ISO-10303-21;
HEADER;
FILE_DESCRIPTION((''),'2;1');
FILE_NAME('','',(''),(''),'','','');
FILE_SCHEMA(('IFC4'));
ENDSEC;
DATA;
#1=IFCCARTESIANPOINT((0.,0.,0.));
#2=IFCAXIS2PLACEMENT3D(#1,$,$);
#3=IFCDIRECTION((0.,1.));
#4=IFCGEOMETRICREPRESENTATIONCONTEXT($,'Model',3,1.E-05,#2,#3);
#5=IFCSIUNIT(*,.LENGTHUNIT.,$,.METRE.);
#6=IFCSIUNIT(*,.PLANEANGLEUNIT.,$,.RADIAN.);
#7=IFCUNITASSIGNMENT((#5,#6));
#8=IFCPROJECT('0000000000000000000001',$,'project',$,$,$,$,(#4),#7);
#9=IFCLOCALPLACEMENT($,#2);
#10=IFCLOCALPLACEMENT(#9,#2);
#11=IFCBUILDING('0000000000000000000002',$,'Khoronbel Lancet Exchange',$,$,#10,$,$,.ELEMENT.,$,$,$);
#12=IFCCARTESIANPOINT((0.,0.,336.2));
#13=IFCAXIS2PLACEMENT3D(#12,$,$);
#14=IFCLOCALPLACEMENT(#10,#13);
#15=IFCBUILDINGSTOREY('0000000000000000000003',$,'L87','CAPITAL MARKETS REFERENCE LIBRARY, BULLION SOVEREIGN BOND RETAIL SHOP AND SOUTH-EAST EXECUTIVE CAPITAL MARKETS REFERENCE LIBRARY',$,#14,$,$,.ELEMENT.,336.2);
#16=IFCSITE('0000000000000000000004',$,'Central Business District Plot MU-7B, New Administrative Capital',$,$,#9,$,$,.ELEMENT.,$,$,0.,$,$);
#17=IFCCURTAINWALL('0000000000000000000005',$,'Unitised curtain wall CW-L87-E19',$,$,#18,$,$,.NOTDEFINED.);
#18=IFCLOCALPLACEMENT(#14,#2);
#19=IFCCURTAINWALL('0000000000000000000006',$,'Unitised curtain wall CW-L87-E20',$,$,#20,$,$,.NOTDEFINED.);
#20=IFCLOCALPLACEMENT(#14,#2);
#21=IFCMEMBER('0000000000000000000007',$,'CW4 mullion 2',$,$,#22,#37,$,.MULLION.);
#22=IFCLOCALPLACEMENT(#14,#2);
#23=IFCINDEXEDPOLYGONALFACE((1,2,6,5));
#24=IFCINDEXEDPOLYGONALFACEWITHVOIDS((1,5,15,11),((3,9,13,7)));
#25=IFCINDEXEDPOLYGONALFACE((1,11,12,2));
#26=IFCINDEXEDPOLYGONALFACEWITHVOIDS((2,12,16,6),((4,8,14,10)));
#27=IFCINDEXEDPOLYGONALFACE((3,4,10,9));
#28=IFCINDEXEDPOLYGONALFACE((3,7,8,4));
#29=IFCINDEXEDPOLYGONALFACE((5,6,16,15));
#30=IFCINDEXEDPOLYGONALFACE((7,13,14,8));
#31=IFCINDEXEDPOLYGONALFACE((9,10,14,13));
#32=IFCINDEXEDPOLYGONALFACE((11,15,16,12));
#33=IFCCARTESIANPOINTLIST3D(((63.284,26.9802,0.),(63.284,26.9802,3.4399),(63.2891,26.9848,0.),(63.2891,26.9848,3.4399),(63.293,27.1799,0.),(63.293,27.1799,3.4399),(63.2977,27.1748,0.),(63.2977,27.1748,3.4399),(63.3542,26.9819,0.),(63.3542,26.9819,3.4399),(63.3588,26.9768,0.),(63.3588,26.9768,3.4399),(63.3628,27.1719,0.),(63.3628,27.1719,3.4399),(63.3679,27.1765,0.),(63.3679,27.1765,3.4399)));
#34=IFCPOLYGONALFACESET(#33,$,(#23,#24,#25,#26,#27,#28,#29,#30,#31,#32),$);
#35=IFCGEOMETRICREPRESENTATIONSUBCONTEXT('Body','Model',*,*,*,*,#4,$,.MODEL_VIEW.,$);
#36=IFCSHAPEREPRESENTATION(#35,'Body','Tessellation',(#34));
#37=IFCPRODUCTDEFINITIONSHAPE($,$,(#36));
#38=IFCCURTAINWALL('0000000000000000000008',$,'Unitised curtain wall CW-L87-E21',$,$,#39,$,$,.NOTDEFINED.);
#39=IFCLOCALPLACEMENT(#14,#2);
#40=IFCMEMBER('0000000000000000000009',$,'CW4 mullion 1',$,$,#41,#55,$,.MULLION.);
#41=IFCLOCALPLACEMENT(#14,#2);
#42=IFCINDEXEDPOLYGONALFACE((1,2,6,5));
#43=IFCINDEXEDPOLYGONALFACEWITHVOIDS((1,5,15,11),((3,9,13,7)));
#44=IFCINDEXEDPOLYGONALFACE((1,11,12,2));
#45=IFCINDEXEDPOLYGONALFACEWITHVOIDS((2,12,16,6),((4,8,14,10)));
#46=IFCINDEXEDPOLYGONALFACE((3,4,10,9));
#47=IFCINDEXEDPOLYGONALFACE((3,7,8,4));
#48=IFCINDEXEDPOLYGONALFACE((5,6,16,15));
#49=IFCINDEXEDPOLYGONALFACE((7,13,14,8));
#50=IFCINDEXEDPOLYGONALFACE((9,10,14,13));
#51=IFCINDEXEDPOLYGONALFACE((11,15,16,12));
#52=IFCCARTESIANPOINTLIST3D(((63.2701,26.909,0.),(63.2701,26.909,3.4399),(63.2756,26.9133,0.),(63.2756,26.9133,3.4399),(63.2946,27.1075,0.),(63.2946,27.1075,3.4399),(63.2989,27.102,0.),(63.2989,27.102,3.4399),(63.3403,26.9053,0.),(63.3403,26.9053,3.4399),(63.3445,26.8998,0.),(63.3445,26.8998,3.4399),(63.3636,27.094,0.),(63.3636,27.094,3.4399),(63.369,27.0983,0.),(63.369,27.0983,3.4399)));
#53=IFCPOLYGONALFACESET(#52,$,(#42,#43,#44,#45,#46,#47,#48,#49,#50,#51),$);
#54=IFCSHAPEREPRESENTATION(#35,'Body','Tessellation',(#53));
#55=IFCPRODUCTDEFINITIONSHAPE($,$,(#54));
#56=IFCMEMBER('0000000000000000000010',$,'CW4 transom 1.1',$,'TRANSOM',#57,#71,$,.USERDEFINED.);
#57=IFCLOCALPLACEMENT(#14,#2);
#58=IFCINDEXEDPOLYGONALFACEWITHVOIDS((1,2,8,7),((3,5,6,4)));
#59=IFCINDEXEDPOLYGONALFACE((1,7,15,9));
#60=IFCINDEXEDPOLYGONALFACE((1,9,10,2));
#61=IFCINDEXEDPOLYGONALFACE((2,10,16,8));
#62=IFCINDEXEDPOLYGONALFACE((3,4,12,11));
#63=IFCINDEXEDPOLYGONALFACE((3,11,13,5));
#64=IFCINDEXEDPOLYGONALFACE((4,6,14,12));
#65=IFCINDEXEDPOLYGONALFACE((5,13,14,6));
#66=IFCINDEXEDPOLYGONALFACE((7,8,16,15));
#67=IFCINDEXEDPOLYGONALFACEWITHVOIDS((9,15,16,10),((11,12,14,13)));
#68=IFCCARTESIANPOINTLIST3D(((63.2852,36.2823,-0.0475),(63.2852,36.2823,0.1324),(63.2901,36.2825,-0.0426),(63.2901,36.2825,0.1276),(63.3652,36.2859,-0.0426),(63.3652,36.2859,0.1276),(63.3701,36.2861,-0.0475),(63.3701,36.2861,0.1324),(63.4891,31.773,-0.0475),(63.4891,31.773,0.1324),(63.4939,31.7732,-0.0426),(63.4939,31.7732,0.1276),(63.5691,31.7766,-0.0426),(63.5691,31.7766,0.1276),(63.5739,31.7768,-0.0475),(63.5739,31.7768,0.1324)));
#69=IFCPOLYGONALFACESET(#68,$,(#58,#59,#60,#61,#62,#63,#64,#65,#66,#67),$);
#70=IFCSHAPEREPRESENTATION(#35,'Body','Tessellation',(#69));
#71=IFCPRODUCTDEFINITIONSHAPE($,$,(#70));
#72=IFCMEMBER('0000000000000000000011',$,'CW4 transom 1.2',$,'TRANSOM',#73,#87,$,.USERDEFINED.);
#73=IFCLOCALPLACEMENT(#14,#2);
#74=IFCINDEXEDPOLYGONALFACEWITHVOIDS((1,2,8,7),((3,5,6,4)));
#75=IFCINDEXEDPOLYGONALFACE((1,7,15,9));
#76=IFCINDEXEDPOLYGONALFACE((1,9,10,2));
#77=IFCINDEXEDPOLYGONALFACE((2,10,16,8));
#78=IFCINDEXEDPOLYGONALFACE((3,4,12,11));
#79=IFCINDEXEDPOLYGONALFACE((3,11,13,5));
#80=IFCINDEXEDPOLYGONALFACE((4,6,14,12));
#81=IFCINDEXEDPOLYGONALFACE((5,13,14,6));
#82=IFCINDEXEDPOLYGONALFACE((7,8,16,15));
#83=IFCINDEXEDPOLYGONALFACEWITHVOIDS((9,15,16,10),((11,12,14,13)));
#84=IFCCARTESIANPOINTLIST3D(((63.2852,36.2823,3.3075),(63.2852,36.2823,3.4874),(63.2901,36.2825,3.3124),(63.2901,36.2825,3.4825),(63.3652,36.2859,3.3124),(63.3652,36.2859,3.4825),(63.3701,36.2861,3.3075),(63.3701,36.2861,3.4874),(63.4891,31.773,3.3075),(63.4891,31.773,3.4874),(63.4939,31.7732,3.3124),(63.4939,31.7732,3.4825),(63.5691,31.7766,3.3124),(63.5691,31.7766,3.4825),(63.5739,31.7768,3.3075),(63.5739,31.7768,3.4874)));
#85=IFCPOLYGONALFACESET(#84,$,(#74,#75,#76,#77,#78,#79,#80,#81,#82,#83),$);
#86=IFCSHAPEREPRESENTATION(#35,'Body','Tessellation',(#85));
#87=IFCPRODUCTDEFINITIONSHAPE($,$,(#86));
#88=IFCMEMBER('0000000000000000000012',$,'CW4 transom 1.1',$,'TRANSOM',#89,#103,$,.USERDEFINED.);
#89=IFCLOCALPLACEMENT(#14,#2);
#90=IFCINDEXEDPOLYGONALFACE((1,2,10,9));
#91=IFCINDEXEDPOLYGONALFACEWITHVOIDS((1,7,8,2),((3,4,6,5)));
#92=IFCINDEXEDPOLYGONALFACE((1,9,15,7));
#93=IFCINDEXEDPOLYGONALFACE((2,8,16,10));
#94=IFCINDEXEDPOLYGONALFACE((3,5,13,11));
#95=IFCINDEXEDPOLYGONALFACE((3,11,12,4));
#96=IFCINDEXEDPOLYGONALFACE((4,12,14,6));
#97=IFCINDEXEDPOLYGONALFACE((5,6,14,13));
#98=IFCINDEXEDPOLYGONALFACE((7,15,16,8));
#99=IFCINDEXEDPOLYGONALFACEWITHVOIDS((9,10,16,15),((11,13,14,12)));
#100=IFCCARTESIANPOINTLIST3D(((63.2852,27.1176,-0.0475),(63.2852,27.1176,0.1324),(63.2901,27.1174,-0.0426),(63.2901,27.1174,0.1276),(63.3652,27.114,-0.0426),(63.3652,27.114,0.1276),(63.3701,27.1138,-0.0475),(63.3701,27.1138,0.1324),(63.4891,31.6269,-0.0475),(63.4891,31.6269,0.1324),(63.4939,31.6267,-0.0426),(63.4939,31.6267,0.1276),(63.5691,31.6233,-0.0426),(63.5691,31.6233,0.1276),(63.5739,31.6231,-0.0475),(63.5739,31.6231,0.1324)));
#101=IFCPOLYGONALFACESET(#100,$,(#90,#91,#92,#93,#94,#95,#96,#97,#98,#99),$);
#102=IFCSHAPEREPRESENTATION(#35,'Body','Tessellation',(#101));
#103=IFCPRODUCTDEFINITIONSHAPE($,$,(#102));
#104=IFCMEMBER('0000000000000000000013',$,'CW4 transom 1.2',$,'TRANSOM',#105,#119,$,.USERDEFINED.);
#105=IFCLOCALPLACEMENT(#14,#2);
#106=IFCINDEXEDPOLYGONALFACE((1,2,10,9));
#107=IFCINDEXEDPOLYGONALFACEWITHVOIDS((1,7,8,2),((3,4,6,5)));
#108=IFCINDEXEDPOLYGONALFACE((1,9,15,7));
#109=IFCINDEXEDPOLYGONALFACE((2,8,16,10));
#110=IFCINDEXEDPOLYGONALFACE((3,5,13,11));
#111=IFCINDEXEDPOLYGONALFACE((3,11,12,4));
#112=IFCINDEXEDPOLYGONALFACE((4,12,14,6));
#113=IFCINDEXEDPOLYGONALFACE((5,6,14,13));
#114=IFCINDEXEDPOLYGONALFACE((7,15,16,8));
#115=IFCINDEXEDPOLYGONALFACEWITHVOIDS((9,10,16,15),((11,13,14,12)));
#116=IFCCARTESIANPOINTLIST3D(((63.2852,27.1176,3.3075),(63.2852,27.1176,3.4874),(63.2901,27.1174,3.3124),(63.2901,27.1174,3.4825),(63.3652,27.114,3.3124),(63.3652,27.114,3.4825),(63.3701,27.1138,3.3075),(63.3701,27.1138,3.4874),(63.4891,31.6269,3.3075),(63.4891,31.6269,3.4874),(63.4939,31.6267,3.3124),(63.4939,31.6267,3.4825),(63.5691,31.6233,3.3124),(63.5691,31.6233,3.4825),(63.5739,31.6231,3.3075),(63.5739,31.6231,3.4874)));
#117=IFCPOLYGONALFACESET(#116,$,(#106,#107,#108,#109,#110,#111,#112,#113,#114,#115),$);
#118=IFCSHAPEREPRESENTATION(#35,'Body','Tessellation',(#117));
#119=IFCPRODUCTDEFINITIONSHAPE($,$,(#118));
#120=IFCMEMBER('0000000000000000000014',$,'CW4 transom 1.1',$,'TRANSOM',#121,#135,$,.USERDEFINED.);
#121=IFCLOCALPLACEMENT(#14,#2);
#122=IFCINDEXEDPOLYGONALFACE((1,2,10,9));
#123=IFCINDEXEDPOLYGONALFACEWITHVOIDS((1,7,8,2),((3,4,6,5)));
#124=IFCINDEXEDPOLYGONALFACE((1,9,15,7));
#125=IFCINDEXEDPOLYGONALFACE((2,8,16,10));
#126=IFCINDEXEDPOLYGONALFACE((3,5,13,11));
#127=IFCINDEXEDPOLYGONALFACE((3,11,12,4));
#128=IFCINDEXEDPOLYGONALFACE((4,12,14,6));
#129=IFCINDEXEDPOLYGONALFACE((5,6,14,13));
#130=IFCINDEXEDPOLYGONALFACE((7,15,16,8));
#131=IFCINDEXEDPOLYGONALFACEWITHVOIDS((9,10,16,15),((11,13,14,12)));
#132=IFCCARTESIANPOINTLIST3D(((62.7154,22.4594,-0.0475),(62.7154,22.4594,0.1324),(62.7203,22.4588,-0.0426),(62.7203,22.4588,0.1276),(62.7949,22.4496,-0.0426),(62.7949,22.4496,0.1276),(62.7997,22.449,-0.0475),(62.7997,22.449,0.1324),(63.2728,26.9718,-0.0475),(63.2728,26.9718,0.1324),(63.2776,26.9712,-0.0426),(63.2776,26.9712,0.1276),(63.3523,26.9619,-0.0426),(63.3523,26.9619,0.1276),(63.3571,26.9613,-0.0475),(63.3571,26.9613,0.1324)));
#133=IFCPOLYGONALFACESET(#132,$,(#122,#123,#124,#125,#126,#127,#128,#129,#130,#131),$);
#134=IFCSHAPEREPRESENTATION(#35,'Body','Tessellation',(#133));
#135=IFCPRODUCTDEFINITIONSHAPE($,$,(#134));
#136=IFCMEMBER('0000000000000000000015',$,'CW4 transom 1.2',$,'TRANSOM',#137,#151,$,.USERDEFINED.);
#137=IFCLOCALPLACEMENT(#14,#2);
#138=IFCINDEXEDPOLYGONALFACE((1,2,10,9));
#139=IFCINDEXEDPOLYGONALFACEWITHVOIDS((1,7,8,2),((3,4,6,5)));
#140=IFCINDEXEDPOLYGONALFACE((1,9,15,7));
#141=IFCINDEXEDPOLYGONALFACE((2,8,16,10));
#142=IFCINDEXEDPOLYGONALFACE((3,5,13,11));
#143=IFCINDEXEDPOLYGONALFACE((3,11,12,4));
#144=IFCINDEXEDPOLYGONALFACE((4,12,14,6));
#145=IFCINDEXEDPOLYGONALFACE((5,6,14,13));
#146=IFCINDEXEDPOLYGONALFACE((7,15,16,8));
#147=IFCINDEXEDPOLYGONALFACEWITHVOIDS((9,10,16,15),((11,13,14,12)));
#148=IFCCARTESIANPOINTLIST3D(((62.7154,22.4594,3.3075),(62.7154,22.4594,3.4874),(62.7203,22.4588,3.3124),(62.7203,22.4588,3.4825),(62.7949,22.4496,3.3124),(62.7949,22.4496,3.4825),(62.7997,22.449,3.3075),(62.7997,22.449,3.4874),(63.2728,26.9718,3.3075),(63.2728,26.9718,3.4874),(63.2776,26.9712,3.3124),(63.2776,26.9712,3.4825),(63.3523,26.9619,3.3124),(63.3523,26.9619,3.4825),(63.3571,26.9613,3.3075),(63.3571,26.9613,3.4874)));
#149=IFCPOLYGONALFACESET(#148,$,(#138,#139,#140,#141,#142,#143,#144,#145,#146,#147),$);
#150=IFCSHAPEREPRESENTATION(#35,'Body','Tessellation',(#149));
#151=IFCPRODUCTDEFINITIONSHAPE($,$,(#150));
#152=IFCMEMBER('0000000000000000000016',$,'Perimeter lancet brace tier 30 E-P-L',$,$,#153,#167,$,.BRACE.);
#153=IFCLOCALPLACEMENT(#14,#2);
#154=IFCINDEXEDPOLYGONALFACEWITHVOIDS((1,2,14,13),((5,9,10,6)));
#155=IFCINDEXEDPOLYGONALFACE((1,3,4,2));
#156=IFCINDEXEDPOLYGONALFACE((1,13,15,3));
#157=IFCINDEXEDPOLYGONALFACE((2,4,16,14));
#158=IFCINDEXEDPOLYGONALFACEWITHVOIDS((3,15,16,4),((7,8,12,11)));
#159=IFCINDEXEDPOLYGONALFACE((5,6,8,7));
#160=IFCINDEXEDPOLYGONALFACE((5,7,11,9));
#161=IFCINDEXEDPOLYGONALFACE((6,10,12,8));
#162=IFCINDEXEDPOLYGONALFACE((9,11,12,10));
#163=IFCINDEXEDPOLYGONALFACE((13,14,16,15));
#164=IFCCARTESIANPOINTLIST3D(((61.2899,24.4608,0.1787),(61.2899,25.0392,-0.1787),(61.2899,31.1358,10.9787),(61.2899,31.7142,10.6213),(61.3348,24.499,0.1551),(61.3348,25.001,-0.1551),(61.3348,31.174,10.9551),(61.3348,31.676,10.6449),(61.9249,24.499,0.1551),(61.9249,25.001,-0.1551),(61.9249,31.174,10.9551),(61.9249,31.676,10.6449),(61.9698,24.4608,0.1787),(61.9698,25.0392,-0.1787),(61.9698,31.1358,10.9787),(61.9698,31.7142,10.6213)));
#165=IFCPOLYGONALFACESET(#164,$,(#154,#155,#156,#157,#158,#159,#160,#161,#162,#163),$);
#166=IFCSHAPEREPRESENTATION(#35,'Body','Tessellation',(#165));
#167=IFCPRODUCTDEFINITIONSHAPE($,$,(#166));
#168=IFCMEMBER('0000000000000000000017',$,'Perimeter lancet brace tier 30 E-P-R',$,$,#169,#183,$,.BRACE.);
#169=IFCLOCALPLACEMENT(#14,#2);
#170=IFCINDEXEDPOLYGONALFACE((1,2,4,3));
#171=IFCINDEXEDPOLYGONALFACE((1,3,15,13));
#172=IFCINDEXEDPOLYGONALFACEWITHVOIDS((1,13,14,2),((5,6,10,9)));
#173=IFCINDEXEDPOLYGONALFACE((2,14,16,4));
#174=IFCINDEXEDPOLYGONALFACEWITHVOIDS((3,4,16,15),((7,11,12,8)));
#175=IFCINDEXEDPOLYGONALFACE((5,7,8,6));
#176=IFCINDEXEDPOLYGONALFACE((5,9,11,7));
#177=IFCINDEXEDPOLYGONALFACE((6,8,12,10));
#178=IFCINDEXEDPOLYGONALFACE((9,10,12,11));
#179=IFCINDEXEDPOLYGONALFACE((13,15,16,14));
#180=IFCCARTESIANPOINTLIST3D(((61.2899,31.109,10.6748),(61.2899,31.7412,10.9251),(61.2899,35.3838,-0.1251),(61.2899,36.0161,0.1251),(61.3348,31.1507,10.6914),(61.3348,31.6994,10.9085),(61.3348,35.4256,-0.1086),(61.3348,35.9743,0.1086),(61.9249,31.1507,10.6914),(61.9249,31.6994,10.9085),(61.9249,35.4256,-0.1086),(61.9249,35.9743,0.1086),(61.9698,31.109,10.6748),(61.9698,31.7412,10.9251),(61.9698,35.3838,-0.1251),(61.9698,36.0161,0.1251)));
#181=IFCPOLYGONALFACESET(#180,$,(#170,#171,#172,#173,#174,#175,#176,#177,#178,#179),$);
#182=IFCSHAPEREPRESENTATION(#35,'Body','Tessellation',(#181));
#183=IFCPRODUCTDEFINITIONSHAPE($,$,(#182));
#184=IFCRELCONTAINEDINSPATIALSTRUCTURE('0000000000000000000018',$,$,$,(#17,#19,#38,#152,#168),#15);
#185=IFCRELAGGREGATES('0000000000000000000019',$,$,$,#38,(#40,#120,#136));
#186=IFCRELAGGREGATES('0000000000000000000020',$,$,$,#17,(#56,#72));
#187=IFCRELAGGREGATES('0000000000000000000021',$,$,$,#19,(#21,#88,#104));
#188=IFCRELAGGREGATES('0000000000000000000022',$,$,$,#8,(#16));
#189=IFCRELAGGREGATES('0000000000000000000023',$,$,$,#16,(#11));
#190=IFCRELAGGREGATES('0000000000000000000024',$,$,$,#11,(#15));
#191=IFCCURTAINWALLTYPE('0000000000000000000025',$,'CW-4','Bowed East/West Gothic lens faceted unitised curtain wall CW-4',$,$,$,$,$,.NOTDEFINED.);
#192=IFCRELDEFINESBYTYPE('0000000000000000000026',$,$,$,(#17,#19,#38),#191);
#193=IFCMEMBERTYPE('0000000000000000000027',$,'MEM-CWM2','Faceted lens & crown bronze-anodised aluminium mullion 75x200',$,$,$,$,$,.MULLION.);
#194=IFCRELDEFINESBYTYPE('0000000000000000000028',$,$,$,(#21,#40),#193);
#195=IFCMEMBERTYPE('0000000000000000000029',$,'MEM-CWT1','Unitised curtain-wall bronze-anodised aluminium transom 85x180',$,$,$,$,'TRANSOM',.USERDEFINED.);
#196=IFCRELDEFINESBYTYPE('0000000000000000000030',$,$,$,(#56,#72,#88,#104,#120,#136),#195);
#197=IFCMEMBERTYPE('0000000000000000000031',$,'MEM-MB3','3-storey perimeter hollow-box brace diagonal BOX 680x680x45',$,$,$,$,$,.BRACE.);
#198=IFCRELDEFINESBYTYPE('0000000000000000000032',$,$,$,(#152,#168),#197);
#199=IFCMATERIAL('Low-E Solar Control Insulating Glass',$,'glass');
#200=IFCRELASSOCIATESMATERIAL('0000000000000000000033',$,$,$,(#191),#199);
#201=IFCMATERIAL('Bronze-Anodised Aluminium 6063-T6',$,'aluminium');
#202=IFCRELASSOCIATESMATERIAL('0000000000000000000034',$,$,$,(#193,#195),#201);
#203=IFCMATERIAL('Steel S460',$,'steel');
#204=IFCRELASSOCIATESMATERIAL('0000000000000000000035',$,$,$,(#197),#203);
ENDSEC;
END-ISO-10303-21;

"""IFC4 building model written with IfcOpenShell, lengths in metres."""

from ifc_helpers import new_model, si_unit, direction, frame, origin, origin_2d, place, context, subcontext, project, spatial, hollow_rectangle, extrude, material, material_profile, profile_set, type_object, element, aggregate, save


model = new_model("IFC4")

# Units and contexts
model_context = context("Model", 3, precision=1e-05, world=origin(), true_north=direction((0.0, 1.0)))
body_context = subcontext(model_context, "Body", "Model", "MODEL_VIEW")
ifc_project = project(units=[si_unit("LENGTHUNIT", "METRE"), si_unit("PLANEANGLEUNIT", "RADIAN")], contexts=[model_context])

# Site, building, storey
site_placement = place(None, origin())
site = spatial("IfcSite", under=ifc_project, at=site_placement, Name="Central Business District Plot MU-7B, New Administrative Capital", CompositionType="ELEMENT", RefElevation=0.0)
building_placement = place(site_placement, origin())
building = spatial("IfcBuilding", under=site, at=building_placement, Name="Khoronbel Lancet Exchange", CompositionType="ELEMENT")
storey_placement = place(building_placement, frame((0.0, 0.0, 336.2)))
storey = spatial("IfcBuildingStorey", under=building, at=storey_placement, Name="L87", Description="CAPITAL MARKETS REFERENCE LIBRARY, BULLION SOVEREIGN BOND RETAIL SHOP AND SOUTH-EAST EXECUTIVE CAPITAL MARKETS REFERENCE LIBRARY", CompositionType="ELEMENT", Elevation=336.2)

# Curtain walls, member
ifc_material_1 = material(Name="Low-E Solar Control Insulating Glass", Category="glass")
curtain_wall_type = type_object("IfcCurtainWallType", Name="CW-4", Description="Bowed East/West Gothic lens faceted unitised curtain wall CW-4", PredefinedType="NOTDEFINED", material=ifc_material_1)
curtain_wall_1_placement = place(storey_placement, origin())
curtain_wall_1 = element("IfcCurtainWall", 1, at=curtain_wall_1_placement, inside=storey, type_object=curtain_wall_type, Name="Unitised curtain wall CW-L87-E19", PredefinedType="NOTDEFINED")
ifc_material_2 = material(Name="Bronze-Anodised Aluminium 6063-T6", Category="aluminium")
ifc_material_profile_1 = material_profile(ifc_material_2, hollow_rectangle(XDim=0.075, YDim=0.2, WallThickness=0.0049, at=origin_2d()), Name="ALU MULLION 75x200")
ifc_profile_set_1 = profile_set([ifc_material_profile_1], Name="Bronze-Anodised Aluminium 6063-T6")
member_type_1 = type_object("IfcMemberType", Name="MEM-CWM2", Description="Faceted lens & crown bronze-anodised aluminium mullion 75x200", PredefinedType="MULLION", material=ifc_profile_set_1)
curtain_wall_2_placement = place(storey_placement, origin())
curtain_wall_2 = element("IfcCurtainWall", 2, at=curtain_wall_2_placement, inside=storey, type_object=curtain_wall_type, Name="Unitised curtain wall CW-L87-E20", PredefinedType="NOTDEFINED")
member_1_placement = place(storey_placement, frame((63.3259, 27.0784, 0.0), z_axis=(0.0, 0.0, 1.0), x_axis=(0.998979, -0.045177, 0.0)))
member_1 = element("IfcMember", 3, at=member_1_placement, type_object=member_type_1, Name="CW4 mullion 2", PredefinedType="MULLION", context=body_context, shape_type="SweptSolid", body=[
    extrude(hollow_rectangle(XDim=0.075, YDim=0.2, WallThickness=0.0049, at=origin_2d()), origin(), (0.0, 0.0, 1.0), 3.4399),
])

# Curtain wall, member
curtain_wall_3_placement = place(storey_placement, origin())
curtain_wall_3 = element("IfcCurtainWall", 4, at=curtain_wall_3_placement, inside=storey, type_object=curtain_wall_type, Name="Unitised curtain wall CW-L87-E21", PredefinedType="NOTDEFINED")
member_2_placement = place(storey_placement, frame((63.3196, 27.0037, 0.0), z_axis=(0.0, 0.0, 1.0), x_axis=(0.992456, -0.122599, 0.0)))
member_2 = element("IfcMember", 5, at=member_2_placement, type_object=member_type_1, Name="CW4 mullion 1", PredefinedType="MULLION", context=body_context, shape_type="SweptSolid", body=[
    extrude(hollow_rectangle(XDim=0.075, YDim=0.2, WallThickness=0.0049, at=origin_2d()), origin(), (0.0, 0.0, 1.0), 3.4399),
])

# Members
ifc_material_profile_2 = material_profile(ifc_material_2, hollow_rectangle(XDim=0.085, YDim=0.1799, WallThickness=0.0049, at=origin_2d()), Name="ALU TRANSOM 85x180")
ifc_profile_set_2 = profile_set([ifc_material_profile_2], Name="Bronze-Anodised Aluminium 6063-T6")
member_type_2 = type_object("IfcMemberType", Name="MEM-CWT1", Description="Unitised curtain-wall bronze-anodised aluminium transom 85x180", ElementType="TRANSOM", PredefinedType="USERDEFINED", material=ifc_profile_set_2)
member_3_placement = place(storey_placement, frame((63.3276, 36.2842, 0.0425), z_axis=(0.045162, -0.99898, 0.0), x_axis=(0.99898, 0.045162, 0.0)))
member_3 = element("IfcMember", 6, at=member_3_placement, type_object=member_type_2, Name="CW4 transom 1.1", ObjectType="TRANSOM", PredefinedType="USERDEFINED", context=body_context, shape_type="SweptSolid", body=[
    extrude(hollow_rectangle(XDim=0.085, YDim=0.1799, WallThickness=0.0049, at=origin_2d()), origin(), (0.0, 0.0, 1.0), 4.5139),
])
member_4_placement = place(storey_placement, frame((63.3276, 36.2842, 3.3975), z_axis=(0.045162, -0.99898, 0.0), x_axis=(0.99898, 0.045162, 0.0)))
member_4 = element("IfcMember", 7, at=member_4_placement, type_object=member_type_2, Name="CW4 transom 1.2", ObjectType="TRANSOM", PredefinedType="USERDEFINED", context=body_context, shape_type="SweptSolid", body=[
    extrude(hollow_rectangle(XDim=0.085, YDim=0.1799, WallThickness=0.0049, at=origin_2d()), origin(), (0.0, 0.0, 1.0), 4.5139),
])
member_5_placement = place(storey_placement, frame((63.5315, 31.625, 0.0425), z_axis=(-0.045162, -0.99898, 0.0), x_axis=(0.99898, -0.045162, 0.0)))
member_5 = element("IfcMember", 8, at=member_5_placement, type_object=member_type_2, Name="CW4 transom 1.1", ObjectType="TRANSOM", PredefinedType="USERDEFINED", context=body_context, shape_type="SweptSolid", body=[
    extrude(hollow_rectangle(XDim=0.085, YDim=0.1799, WallThickness=0.0049, at=origin_2d()), origin(), (0.0, 0.0, 1.0), 4.5139),
])
member_6_placement = place(storey_placement, frame((63.5315, 31.625, 3.3975), z_axis=(-0.045162, -0.99898, 0.0), x_axis=(0.99898, -0.045162, 0.0)))
member_6 = element("IfcMember", 9, at=member_6_placement, type_object=member_type_2, Name="CW4 transom 1.2", ObjectType="TRANSOM", PredefinedType="USERDEFINED", context=body_context, shape_type="SweptSolid", body=[
    extrude(hollow_rectangle(XDim=0.085, YDim=0.1799, WallThickness=0.0049, at=origin_2d()), origin(), (0.0, 0.0, 1.0), 4.5139),
])
member_7_placement = place(storey_placement, frame((63.3149, 26.9666, 0.0425), z_axis=(-0.122587, -0.992458, 0.0), x_axis=(0.992458, -0.122587, 0.0)))
member_7 = element("IfcMember", 10, at=member_7_placement, type_object=member_type_2, Name="CW4 transom 1.1", ObjectType="TRANSOM", PredefinedType="USERDEFINED", context=body_context, shape_type="SweptSolid", body=[
    extrude(hollow_rectangle(XDim=0.085, YDim=0.1799, WallThickness=0.0049, at=origin_2d()), origin(), (0.0, 0.0, 1.0), 4.5466),
])
member_8_placement = place(storey_placement, frame((63.3149, 26.9666, 3.3975), z_axis=(-0.122587, -0.992458, 0.0), x_axis=(0.992458, -0.122587, 0.0)))
member_8 = element("IfcMember", 11, at=member_8_placement, type_object=member_type_2, Name="CW4 transom 1.2", ObjectType="TRANSOM", PredefinedType="USERDEFINED", context=body_context, shape_type="SweptSolid", body=[
    extrude(hollow_rectangle(XDim=0.085, YDim=0.1799, WallThickness=0.0049, at=origin_2d()), origin(), (0.0, 0.0, 1.0), 4.5466),
])
aggregate(curtain_wall_3, [member_2, member_7, member_8])

# Members
ifc_material_3 = material(Name="Steel S460", Category="steel")
ifc_material_profile_3 = material_profile(ifc_material_3, hollow_rectangle(XDim=0.6799, YDim=0.6799, WallThickness=0.0449, at=origin_2d()), Name="BOX 680x680x45")
ifc_profile_set_3 = profile_set([ifc_material_profile_3], Name="Steel S460")
member_type_3 = type_object("IfcMemberType", Name="MEM-MB3", Description="3-storey perimeter hollow-box brace diagonal BOX 680x680x45", PredefinedType="BRACE", material=ifc_profile_set_3)
member_9_placement = place(storey_placement, frame((61.6299, 24.75, 0.0), z_axis=(0.0, 0.525745, 0.850642), x_axis=(-1.0, 0.0, 0.0)))
element("IfcMember", 12, at=member_9_placement, inside=storey, type_object=member_type_3, Name="Perimeter lancet brace tier 30 E-P-L", PredefinedType="BRACE", context=body_context, shape_type="SweptSolid", body=[
    extrude(hollow_rectangle(XDim=0.6799, YDim=0.6799, WallThickness=0.0449, at=origin_2d()), origin(), (0.0, 0.0, 1.0), 12.6963),
])
member_10_placement = place(storey_placement, frame((61.6299, 35.7, 0.0), z_axis=(0.0, -0.36804, 0.92981), x_axis=(1.0, 0.0, 0.0)))
element("IfcMember", 13, at=member_10_placement, inside=storey, type_object=member_type_3, Name="Perimeter lancet brace tier 30 E-P-R", PredefinedType="BRACE", context=body_context, shape_type="SweptSolid", body=[
    extrude(hollow_rectangle(XDim=0.6799, YDim=0.6799, WallThickness=0.0449, at=origin_2d()), origin(), (0.0, 0.0, 1.0), 11.6152),
])

aggregate(curtain_wall_1, [member_3, member_4])
aggregate(curtain_wall_2, [member_1, member_5, member_6])

save(model, "model.ifc")
